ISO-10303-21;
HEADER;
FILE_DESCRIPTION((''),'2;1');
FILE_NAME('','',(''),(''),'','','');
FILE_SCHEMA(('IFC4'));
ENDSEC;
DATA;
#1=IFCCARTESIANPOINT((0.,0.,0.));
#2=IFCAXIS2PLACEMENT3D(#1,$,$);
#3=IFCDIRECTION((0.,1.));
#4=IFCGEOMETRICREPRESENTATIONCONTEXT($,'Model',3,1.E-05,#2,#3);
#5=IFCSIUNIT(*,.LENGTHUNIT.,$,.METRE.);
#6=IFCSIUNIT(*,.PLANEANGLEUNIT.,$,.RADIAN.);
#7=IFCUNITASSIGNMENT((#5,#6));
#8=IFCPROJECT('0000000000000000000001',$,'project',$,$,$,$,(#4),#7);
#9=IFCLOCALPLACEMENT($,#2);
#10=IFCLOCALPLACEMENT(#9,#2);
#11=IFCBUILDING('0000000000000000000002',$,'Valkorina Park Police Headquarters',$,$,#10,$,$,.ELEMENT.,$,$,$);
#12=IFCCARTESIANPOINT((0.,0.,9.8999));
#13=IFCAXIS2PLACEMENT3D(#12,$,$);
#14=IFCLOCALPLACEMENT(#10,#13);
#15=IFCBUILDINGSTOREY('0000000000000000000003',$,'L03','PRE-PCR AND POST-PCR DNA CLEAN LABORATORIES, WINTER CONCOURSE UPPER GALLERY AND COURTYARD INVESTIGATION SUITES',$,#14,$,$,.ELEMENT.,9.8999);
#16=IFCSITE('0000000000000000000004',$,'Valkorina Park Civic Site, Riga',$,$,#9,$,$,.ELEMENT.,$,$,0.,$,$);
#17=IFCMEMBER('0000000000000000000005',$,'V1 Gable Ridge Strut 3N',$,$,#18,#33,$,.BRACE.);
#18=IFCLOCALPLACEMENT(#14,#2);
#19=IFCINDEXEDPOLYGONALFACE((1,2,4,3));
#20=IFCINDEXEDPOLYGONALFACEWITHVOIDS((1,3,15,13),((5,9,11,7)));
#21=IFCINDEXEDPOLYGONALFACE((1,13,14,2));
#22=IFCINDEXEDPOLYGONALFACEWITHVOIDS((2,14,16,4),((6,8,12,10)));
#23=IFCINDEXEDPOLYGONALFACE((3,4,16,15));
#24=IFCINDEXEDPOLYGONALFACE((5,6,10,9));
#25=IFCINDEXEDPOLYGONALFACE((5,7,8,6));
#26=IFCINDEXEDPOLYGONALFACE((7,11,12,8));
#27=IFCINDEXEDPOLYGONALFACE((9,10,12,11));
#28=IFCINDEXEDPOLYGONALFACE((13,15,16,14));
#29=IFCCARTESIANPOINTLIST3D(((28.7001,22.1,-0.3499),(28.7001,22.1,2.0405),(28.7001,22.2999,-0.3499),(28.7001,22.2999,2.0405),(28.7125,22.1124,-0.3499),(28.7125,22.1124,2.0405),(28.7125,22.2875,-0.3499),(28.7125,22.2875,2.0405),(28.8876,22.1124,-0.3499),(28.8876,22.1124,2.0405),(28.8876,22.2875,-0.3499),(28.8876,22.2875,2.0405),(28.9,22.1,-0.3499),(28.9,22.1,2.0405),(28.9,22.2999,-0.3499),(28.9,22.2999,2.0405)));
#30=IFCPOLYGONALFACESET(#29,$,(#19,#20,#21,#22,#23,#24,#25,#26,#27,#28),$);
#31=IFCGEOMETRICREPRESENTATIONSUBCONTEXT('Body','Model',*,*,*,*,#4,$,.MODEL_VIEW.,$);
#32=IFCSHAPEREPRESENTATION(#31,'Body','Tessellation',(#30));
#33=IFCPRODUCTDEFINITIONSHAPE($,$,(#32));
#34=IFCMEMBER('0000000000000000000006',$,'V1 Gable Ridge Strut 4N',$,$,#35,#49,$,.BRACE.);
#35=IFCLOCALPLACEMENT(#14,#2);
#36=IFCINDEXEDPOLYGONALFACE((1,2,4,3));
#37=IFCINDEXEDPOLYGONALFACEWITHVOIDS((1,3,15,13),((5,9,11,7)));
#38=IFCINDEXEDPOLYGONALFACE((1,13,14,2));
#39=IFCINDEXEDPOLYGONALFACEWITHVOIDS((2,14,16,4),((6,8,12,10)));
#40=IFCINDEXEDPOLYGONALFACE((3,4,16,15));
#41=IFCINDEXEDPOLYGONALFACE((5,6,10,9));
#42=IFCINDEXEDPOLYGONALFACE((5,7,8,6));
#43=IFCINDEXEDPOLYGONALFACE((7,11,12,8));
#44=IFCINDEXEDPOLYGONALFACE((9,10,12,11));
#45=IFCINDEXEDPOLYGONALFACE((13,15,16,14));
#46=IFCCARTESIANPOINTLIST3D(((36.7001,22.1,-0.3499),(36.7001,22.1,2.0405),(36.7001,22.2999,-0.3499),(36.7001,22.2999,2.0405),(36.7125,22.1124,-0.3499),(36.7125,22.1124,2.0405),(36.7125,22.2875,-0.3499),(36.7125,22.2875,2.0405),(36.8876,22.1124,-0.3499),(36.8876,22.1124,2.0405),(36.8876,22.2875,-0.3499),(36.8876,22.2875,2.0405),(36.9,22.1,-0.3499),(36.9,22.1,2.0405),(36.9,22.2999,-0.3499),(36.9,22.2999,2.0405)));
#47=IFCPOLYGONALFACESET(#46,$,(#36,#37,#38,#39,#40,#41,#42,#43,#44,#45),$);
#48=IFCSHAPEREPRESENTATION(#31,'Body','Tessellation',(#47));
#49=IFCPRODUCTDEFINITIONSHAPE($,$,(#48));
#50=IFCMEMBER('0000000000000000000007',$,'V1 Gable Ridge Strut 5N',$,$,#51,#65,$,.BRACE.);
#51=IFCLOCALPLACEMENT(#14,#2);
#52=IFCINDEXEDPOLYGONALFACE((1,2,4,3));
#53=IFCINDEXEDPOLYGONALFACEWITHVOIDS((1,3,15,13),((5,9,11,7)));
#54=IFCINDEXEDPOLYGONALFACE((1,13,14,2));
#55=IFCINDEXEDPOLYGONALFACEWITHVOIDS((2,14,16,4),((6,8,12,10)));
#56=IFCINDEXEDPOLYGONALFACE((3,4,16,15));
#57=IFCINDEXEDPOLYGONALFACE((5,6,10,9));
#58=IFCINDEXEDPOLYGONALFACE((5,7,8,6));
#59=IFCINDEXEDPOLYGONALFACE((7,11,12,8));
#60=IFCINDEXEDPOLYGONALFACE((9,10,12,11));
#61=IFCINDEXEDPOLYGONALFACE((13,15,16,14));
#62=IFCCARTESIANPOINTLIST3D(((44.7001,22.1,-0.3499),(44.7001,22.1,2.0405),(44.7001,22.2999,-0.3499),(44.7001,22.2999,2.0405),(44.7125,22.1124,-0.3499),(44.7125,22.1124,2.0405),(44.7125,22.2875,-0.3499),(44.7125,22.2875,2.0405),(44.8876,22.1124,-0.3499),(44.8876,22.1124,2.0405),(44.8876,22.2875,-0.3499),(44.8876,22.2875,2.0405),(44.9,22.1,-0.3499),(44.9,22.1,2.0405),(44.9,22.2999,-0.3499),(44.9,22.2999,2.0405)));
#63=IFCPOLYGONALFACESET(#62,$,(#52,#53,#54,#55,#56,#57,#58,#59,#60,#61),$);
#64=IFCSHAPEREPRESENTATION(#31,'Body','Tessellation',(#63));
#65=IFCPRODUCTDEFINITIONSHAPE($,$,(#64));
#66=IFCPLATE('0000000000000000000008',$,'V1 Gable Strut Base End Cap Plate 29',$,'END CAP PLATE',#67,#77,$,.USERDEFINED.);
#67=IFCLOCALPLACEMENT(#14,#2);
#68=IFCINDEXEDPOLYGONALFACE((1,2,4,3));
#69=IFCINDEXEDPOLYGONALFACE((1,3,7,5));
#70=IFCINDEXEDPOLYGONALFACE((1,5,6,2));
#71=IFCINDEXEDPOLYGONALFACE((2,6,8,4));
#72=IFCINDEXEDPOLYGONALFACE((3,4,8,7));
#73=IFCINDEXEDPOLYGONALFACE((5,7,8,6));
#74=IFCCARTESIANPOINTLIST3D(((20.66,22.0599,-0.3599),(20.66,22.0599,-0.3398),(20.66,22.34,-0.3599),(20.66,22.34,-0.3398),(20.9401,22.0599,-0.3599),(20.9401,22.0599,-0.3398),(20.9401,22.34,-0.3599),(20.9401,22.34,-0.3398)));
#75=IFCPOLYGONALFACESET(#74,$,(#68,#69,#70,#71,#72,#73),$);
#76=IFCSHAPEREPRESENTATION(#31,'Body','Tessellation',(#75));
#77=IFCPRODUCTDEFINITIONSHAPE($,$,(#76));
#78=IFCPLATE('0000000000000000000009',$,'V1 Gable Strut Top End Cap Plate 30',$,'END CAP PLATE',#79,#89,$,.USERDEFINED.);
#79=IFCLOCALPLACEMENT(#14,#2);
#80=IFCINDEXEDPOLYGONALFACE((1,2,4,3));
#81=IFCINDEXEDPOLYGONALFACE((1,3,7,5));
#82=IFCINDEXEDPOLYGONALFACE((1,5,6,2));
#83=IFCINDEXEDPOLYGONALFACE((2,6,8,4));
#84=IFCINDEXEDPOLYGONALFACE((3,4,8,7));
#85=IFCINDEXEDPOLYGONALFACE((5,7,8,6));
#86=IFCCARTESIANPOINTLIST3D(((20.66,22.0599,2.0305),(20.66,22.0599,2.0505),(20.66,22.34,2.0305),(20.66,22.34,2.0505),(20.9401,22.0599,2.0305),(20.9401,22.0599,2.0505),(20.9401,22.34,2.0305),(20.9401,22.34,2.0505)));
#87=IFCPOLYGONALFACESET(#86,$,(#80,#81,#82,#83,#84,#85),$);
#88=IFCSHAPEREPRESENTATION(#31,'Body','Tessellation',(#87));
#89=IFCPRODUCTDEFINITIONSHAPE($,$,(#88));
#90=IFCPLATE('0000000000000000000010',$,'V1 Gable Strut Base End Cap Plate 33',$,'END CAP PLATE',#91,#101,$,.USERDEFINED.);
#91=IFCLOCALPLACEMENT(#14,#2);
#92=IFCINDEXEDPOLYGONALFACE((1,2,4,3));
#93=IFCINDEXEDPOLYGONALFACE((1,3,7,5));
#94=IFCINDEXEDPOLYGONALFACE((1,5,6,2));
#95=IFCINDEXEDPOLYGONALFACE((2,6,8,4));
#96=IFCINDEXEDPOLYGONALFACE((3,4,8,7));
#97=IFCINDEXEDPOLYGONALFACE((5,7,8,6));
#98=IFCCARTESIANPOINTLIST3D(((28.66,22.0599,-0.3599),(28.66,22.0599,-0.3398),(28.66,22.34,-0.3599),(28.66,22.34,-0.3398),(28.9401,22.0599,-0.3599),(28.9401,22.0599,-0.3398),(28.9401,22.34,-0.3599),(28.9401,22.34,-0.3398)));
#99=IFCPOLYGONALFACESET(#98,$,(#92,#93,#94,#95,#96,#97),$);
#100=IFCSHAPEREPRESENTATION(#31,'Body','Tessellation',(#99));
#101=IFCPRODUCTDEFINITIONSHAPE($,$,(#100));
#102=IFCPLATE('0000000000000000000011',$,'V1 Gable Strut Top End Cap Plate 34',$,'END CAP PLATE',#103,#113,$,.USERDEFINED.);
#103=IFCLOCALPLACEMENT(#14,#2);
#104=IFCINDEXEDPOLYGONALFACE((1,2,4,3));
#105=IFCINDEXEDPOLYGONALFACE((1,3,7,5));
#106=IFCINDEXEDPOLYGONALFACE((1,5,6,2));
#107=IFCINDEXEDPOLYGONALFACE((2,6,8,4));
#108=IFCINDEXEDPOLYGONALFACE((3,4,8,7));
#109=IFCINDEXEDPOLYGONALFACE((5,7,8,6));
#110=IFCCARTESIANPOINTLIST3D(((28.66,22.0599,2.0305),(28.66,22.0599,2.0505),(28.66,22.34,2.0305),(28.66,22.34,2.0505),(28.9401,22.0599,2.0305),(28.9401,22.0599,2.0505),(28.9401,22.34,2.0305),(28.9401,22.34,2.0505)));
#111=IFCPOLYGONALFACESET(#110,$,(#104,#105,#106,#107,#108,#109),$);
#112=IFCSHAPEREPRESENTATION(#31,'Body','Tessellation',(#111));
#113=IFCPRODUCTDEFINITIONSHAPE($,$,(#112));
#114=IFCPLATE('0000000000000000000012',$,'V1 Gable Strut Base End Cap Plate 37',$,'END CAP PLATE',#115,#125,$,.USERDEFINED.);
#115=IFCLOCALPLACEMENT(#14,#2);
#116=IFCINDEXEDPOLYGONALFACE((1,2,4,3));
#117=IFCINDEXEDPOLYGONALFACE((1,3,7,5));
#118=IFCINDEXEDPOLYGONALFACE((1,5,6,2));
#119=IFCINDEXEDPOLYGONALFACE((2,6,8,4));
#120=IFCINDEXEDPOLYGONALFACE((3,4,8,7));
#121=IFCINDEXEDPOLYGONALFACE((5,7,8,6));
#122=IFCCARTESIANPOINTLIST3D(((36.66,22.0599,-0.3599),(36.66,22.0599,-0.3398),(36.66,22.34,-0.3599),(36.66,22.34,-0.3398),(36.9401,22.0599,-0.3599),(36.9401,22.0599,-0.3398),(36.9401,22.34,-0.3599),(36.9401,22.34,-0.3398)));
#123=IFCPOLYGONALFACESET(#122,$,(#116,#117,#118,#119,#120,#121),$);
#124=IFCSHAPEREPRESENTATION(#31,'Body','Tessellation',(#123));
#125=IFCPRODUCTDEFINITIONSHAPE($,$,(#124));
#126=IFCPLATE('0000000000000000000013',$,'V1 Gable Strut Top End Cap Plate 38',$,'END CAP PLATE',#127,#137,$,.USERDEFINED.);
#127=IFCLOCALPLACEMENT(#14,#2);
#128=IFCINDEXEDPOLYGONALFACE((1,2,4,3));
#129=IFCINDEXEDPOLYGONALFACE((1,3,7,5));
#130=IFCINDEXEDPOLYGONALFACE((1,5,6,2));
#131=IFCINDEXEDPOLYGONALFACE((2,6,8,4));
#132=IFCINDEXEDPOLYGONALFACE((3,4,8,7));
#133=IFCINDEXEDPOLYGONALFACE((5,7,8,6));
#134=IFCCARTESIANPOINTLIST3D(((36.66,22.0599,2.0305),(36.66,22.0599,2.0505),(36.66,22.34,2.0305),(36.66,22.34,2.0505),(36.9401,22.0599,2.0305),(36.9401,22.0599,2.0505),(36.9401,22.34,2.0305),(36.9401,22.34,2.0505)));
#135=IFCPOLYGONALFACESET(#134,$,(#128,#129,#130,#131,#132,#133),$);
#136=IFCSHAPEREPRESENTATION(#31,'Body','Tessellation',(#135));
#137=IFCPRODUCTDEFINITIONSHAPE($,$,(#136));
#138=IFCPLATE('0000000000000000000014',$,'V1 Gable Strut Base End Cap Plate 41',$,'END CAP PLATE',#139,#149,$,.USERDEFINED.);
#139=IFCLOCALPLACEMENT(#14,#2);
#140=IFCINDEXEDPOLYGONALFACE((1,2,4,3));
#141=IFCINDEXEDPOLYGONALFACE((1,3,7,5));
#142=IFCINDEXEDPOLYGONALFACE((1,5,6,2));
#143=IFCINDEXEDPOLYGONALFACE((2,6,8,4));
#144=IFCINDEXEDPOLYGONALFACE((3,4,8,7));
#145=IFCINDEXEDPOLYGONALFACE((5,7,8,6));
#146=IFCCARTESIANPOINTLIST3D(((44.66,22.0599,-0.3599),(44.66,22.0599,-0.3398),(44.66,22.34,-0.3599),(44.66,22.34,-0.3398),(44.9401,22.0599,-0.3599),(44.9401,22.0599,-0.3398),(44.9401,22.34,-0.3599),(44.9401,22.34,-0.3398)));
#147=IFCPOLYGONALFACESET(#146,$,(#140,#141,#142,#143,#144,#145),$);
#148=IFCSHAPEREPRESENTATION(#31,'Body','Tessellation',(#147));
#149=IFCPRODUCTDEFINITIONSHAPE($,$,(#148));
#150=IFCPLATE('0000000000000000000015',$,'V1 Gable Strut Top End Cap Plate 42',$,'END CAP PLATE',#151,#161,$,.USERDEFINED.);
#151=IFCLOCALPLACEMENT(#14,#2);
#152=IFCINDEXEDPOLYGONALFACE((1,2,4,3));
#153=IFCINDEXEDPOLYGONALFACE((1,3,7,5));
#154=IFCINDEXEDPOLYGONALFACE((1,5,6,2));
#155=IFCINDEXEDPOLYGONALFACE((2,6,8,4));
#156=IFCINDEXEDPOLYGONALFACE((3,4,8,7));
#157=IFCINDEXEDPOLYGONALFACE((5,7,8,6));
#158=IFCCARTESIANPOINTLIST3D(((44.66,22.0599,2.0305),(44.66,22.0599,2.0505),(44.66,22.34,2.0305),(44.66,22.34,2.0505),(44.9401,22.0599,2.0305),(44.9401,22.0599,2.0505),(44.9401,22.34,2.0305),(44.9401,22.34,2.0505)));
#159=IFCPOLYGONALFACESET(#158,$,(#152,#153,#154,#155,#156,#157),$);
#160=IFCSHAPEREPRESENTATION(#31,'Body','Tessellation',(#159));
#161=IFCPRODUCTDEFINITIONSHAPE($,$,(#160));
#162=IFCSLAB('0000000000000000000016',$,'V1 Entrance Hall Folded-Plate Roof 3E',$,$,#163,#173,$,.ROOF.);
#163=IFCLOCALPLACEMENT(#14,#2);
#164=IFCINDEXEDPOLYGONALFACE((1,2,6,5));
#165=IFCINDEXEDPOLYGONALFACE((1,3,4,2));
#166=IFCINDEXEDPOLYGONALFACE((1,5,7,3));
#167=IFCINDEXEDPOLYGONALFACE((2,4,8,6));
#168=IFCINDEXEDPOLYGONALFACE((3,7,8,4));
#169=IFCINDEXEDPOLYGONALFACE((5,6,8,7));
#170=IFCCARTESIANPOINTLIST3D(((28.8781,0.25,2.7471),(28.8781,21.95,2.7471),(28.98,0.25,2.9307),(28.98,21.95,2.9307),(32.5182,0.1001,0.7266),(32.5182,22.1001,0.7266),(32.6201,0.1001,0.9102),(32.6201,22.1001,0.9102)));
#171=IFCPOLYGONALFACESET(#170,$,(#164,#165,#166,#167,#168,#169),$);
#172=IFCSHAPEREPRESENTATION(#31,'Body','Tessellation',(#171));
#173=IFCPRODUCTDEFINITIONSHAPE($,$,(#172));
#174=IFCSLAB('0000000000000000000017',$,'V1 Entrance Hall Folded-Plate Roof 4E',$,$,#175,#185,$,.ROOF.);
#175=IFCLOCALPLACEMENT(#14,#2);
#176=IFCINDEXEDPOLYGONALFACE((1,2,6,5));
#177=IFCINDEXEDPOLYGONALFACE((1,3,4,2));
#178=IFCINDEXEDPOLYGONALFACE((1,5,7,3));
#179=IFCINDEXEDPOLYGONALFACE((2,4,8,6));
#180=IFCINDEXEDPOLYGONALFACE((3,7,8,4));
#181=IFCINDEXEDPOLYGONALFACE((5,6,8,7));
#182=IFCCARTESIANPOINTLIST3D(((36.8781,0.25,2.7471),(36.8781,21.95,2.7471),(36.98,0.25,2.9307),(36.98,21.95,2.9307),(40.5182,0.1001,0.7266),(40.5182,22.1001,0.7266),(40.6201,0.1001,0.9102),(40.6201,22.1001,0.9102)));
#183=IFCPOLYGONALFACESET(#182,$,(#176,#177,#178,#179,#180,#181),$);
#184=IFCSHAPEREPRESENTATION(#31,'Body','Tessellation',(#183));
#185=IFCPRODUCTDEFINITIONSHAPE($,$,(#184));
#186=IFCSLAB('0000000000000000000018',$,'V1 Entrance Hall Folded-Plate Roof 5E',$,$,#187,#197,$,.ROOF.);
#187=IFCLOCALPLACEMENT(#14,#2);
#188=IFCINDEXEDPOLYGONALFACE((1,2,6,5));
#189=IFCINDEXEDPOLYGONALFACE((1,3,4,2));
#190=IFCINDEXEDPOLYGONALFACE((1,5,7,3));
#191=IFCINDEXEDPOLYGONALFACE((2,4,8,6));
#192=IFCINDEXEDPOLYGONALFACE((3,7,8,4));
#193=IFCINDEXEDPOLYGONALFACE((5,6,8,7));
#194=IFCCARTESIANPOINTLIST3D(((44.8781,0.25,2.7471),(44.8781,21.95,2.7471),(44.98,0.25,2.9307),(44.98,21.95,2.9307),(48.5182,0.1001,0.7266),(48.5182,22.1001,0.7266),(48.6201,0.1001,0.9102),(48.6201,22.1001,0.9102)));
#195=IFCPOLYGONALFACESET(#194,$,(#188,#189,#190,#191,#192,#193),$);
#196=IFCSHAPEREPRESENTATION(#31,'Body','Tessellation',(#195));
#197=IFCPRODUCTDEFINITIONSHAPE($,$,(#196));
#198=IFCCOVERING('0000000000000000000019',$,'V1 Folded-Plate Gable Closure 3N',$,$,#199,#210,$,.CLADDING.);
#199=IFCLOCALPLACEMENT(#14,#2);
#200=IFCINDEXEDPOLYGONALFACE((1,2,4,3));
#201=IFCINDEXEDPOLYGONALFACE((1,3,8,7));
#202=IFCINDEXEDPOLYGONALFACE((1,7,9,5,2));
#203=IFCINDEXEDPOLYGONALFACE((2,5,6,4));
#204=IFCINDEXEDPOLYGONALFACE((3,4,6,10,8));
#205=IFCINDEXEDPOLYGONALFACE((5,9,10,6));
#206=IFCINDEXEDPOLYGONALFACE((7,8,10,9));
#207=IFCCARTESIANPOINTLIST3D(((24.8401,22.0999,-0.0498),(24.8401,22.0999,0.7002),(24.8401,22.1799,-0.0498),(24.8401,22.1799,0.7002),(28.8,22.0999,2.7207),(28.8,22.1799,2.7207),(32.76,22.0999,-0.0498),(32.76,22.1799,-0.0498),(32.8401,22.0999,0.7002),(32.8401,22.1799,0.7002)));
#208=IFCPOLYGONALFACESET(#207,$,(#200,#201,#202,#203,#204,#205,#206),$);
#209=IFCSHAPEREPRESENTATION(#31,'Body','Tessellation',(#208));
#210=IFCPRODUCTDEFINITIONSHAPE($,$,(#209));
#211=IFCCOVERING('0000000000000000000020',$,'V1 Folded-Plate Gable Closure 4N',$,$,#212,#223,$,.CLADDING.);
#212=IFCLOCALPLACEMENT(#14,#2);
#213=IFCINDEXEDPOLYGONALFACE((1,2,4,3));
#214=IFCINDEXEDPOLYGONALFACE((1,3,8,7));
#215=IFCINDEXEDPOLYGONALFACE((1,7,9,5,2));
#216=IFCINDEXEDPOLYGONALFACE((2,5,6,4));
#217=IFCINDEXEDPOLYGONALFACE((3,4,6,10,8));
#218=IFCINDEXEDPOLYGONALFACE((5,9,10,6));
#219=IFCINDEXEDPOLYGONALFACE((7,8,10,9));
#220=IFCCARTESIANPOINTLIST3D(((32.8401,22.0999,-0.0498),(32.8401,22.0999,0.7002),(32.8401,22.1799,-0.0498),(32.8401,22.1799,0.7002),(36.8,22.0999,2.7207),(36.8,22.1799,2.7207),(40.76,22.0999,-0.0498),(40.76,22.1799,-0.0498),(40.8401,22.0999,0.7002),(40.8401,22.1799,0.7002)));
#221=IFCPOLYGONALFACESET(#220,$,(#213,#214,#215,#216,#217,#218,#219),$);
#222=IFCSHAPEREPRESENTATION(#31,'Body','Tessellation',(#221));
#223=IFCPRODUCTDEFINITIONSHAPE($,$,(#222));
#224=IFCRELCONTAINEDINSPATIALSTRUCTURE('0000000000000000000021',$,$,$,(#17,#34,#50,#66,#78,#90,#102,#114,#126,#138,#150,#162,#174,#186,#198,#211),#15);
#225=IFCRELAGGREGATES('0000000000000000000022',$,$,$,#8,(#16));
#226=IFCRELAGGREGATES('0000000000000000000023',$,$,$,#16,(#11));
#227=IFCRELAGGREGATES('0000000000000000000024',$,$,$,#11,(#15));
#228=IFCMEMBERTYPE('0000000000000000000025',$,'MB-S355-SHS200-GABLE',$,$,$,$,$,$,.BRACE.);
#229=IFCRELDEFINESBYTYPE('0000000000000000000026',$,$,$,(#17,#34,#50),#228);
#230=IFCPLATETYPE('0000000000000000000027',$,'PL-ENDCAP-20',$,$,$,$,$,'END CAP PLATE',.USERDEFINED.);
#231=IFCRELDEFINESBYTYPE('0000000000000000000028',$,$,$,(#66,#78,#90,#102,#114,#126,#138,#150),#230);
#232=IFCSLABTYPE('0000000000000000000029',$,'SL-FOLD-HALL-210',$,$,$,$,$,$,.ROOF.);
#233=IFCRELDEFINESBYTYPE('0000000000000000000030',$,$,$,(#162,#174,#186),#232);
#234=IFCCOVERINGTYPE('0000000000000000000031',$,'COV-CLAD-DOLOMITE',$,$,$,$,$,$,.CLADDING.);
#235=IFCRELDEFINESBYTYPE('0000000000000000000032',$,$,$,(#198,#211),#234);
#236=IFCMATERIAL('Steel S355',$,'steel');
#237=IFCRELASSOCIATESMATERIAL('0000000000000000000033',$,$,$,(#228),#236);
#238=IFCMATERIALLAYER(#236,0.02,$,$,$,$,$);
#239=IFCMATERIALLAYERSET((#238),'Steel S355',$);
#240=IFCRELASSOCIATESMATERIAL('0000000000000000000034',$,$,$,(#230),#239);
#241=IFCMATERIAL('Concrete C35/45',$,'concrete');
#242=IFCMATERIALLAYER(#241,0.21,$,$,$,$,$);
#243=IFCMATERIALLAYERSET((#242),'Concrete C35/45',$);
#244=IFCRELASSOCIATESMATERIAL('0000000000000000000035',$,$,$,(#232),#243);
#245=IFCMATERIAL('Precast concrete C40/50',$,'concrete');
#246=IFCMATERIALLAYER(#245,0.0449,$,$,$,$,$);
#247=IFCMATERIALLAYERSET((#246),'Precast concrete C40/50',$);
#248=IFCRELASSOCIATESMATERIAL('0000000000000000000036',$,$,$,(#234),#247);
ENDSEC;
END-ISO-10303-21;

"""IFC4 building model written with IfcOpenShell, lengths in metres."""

from ifc_helpers import new_model, si_unit, direction, frame, origin, origin_2d, place, context, subcontext, project, spatial, polyline, rectangle, hollow_rectangle, outline, extrude, material, layer, layer_set, material_profile, profile_set, type_object, element, save


model = new_model("IFC4")

# Units and contexts
model_context = context("Model", 3, precision=1e-05, world=origin(), true_north=direction((0.0, 1.0)))
body_context = subcontext(model_context, "Body", "Model", "MODEL_VIEW")
ifc_project = project(units=[si_unit("LENGTHUNIT", "METRE"), si_unit("PLANEANGLEUNIT", "RADIAN")], contexts=[model_context])

# Site, building, storey
site_placement = place(None, origin())
site = spatial("IfcSite", under=ifc_project, at=site_placement, Name="Valkorina Park Civic Site, Riga", CompositionType="ELEMENT", RefElevation=0.0)
building_placement = place(site_placement, origin())
building = spatial("IfcBuilding", under=site, at=building_placement, Name="Valkorina Park Police Headquarters", CompositionType="ELEMENT")
storey_placement = place(building_placement, frame((0.0, 0.0, 9.8999)))
storey = spatial("IfcBuildingStorey", under=building, at=storey_placement, Name="L03", Description="PRE-PCR AND POST-PCR DNA CLEAN LABORATORIES, WINTER CONCOURSE UPPER GALLERY AND COURTYARD INVESTIGATION SUITES", CompositionType="ELEMENT", Elevation=9.8999)

# Members
ifc_material_1 = material(Name="Steel S355", Category="steel")
ifc_material_profile = material_profile(ifc_material_1, hollow_rectangle(XDim=0.2, YDim=0.2, WallThickness=0.0125, at=origin_2d()), Name="SHS 200x200x12.5")
ifc_profile_set = profile_set([ifc_material_profile], Name="Steel S355")
member_type = type_object("IfcMemberType", Name="MB-S355-SHS200-GABLE", PredefinedType="BRACE", material=ifc_profile_set)
for number, where, z_axis, x_axis, name in (
    (1, (28.8, 22.2, -0.3499), (0.0, 0.0, 1.0), (1.0, 0.0, 0.0), "V1 Gable Ridge Strut 3N"),
    (2, (36.8, 22.2, -0.3499), (0.0, 0.0, 1.0), (1.0, 0.0, 0.0), "V1 Gable Ridge Strut 4N"),
    (3, (44.8, 22.2, -0.3499), (0.0, 0.0, 1.0), (1.0, 0.0, 0.0), "V1 Gable Ridge Strut 5N"),
):
    element("IfcMember", number, at=place(storey_placement, frame(where, z_axis=z_axis, x_axis=x_axis)), inside=storey, type_object=member_type, Name=name, PredefinedType="BRACE", context=body_context, shape_type="SweptSolid", body=[
        extrude(hollow_rectangle(XDim=0.2, YDim=0.2, WallThickness=0.0125, at=origin_2d()), origin(), (0.0, 0.0, 1.0), 2.3904),
    ])

# Plates
ifc_layer_1 = layer(ifc_material_1, 0.02)
ifc_layer_set_1 = layer_set([ifc_layer_1], Name="Steel S355")
plate_type = type_object("IfcPlateType", Name="PL-ENDCAP-20", ElementType="END CAP PLATE", PredefinedType="USERDEFINED", material=ifc_layer_set_1)
for number, where, z_axis, x_axis, name in (
    (4, (20.8, 22.2, -0.3599), (0.0, 0.0, 1.0), (1.0, 0.0, 0.0), "V1 Gable Strut Base End Cap Plate 29"),
    (5, (20.8, 22.2, 2.0305), (0.0, 0.0, 1.0), (1.0, 0.0, 0.0), "V1 Gable Strut Top End Cap Plate 30"),
    (6, (28.8, 22.2, -0.3599), (0.0, 0.0, 1.0), (1.0, 0.0, 0.0), "V1 Gable Strut Base End Cap Plate 33"),
    (7, (28.8, 22.2, 2.0305), (0.0, 0.0, 1.0), (1.0, 0.0, 0.0), "V1 Gable Strut Top End Cap Plate 34"),
    (8, (36.8, 22.2, -0.3599), (0.0, 0.0, 1.0), (1.0, 0.0, 0.0), "V1 Gable Strut Base End Cap Plate 37"),
    (9, (36.8, 22.2, 2.0305), (0.0, 0.0, 1.0), (1.0, 0.0, 0.0), "V1 Gable Strut Top End Cap Plate 38"),
    (10, (44.8, 22.2, -0.3599), (0.0, 0.0, 1.0), (1.0, 0.0, 0.0), "V1 Gable Strut Base End Cap Plate 41"),
    (11, (44.8, 22.2, 2.0305), (0.0, 0.0, 1.0), (1.0, 0.0, 0.0), "V1 Gable Strut Top End Cap Plate 42"),
):
    element("IfcPlate", number, at=place(storey_placement, frame(where, z_axis=z_axis, x_axis=x_axis)), inside=storey, type_object=plate_type, Name=name, ObjectType="END CAP PLATE", PredefinedType="USERDEFINED", context=body_context, shape_type="SweptSolid", body=[
        extrude(rectangle(XDim=0.28, YDim=0.28, at=origin_2d()), origin(), (0.0, 0.0, 1.0), 0.02),
    ])

# Slabs
ifc_material_2 = material(Name="Concrete C35/45", Category="concrete")
ifc_layer_2 = layer(ifc_material_2, 0.21)
ifc_layer_set_2 = layer_set([ifc_layer_2], Name="Concrete C35/45")
slab_type = type_object("IfcSlabType", Name="SL-FOLD-HALL-210", PredefinedType="ROOF", material=ifc_layer_set_2)
for number, where, z_axis, x_axis, name in (
    (12, (28.98, 0.25, 2.9307), (0.485314, 0.0, 0.87434), (0.873774, -0.035982, -0.485), "V1 Entrance Hall Folded-Plate Roof 3E"),
    (13, (36.98, 0.25, 2.9307), (0.485314, 0.0, 0.87434), (0.873774, -0.035982, -0.485), "V1 Entrance Hall Folded-Plate Roof 4E"),
    (14, (44.98, 0.25, 2.9307), (0.485314, 0.0, 0.87434), (0.873774, -0.035982, -0.485), "V1 Entrance Hall Folded-Plate Roof 5E"),
):
    element("IfcSlab", number, at=place(storey_placement, frame(where, z_axis=z_axis, x_axis=x_axis)), inside=storey, type_object=slab_type, Name=name, PredefinedType="ROOF", context=body_context, shape_type="SweptSolid", body=[
        extrude(outline(polyline([(0.0, 0.0), (4.166, 0.0), (3.3744, 21.9858), (-0.7808, 21.6859), (0.0, 0.0)])), origin(), (0.0, 0.0, -1.0), 0.21),
    ])

# Coverings
ifc_material_3 = material(Name="Precast concrete C40/50", Category="concrete")
ifc_layer_3 = layer(ifc_material_3, 0.0449)
ifc_layer_set_3 = layer_set([ifc_layer_3], Name="Precast concrete C40/50")
covering_type = type_object("IfcCoveringType", Name="COV-CLAD-DOLOMITE", PredefinedType="CLADDING", material=ifc_layer_set_3)
for number, where, z_axis, x_axis, name in (
    (15, (24.8401, 22.1399, -0.0498), (0.0, 0.0, 1.0), (1.0, 0.0, 0.0), "V1 Folded-Plate Gable Closure 3N"),
    (16, (32.8401, 22.1399, -0.0498), (0.0, 0.0, 1.0), (1.0, 0.0, 0.0), "V1 Folded-Plate Gable Closure 4N"),
):
    element("IfcCovering", number, at=place(storey_placement, frame(where, z_axis=z_axis, x_axis=x_axis)), inside=storey, type_object=covering_type, Name=name, PredefinedType="CLADDING", context=body_context, shape_type="SweptSolid", body=[
        extrude(outline(polyline([(0.0, 0.0), (7.9199, 0.0), (8.0, 0.75), (3.96, 2.7705), (0.0, 0.75), (0.0, 0.0)])), frame((0.0, 0.04, 0.0), z_axis=(0.0, -1.0, 0.0), x_axis=(1.0, 0.0, 0.0)), (0.0, 0.0, 1.0), 0.0801),
    ])

save(model, "model.ifc")
